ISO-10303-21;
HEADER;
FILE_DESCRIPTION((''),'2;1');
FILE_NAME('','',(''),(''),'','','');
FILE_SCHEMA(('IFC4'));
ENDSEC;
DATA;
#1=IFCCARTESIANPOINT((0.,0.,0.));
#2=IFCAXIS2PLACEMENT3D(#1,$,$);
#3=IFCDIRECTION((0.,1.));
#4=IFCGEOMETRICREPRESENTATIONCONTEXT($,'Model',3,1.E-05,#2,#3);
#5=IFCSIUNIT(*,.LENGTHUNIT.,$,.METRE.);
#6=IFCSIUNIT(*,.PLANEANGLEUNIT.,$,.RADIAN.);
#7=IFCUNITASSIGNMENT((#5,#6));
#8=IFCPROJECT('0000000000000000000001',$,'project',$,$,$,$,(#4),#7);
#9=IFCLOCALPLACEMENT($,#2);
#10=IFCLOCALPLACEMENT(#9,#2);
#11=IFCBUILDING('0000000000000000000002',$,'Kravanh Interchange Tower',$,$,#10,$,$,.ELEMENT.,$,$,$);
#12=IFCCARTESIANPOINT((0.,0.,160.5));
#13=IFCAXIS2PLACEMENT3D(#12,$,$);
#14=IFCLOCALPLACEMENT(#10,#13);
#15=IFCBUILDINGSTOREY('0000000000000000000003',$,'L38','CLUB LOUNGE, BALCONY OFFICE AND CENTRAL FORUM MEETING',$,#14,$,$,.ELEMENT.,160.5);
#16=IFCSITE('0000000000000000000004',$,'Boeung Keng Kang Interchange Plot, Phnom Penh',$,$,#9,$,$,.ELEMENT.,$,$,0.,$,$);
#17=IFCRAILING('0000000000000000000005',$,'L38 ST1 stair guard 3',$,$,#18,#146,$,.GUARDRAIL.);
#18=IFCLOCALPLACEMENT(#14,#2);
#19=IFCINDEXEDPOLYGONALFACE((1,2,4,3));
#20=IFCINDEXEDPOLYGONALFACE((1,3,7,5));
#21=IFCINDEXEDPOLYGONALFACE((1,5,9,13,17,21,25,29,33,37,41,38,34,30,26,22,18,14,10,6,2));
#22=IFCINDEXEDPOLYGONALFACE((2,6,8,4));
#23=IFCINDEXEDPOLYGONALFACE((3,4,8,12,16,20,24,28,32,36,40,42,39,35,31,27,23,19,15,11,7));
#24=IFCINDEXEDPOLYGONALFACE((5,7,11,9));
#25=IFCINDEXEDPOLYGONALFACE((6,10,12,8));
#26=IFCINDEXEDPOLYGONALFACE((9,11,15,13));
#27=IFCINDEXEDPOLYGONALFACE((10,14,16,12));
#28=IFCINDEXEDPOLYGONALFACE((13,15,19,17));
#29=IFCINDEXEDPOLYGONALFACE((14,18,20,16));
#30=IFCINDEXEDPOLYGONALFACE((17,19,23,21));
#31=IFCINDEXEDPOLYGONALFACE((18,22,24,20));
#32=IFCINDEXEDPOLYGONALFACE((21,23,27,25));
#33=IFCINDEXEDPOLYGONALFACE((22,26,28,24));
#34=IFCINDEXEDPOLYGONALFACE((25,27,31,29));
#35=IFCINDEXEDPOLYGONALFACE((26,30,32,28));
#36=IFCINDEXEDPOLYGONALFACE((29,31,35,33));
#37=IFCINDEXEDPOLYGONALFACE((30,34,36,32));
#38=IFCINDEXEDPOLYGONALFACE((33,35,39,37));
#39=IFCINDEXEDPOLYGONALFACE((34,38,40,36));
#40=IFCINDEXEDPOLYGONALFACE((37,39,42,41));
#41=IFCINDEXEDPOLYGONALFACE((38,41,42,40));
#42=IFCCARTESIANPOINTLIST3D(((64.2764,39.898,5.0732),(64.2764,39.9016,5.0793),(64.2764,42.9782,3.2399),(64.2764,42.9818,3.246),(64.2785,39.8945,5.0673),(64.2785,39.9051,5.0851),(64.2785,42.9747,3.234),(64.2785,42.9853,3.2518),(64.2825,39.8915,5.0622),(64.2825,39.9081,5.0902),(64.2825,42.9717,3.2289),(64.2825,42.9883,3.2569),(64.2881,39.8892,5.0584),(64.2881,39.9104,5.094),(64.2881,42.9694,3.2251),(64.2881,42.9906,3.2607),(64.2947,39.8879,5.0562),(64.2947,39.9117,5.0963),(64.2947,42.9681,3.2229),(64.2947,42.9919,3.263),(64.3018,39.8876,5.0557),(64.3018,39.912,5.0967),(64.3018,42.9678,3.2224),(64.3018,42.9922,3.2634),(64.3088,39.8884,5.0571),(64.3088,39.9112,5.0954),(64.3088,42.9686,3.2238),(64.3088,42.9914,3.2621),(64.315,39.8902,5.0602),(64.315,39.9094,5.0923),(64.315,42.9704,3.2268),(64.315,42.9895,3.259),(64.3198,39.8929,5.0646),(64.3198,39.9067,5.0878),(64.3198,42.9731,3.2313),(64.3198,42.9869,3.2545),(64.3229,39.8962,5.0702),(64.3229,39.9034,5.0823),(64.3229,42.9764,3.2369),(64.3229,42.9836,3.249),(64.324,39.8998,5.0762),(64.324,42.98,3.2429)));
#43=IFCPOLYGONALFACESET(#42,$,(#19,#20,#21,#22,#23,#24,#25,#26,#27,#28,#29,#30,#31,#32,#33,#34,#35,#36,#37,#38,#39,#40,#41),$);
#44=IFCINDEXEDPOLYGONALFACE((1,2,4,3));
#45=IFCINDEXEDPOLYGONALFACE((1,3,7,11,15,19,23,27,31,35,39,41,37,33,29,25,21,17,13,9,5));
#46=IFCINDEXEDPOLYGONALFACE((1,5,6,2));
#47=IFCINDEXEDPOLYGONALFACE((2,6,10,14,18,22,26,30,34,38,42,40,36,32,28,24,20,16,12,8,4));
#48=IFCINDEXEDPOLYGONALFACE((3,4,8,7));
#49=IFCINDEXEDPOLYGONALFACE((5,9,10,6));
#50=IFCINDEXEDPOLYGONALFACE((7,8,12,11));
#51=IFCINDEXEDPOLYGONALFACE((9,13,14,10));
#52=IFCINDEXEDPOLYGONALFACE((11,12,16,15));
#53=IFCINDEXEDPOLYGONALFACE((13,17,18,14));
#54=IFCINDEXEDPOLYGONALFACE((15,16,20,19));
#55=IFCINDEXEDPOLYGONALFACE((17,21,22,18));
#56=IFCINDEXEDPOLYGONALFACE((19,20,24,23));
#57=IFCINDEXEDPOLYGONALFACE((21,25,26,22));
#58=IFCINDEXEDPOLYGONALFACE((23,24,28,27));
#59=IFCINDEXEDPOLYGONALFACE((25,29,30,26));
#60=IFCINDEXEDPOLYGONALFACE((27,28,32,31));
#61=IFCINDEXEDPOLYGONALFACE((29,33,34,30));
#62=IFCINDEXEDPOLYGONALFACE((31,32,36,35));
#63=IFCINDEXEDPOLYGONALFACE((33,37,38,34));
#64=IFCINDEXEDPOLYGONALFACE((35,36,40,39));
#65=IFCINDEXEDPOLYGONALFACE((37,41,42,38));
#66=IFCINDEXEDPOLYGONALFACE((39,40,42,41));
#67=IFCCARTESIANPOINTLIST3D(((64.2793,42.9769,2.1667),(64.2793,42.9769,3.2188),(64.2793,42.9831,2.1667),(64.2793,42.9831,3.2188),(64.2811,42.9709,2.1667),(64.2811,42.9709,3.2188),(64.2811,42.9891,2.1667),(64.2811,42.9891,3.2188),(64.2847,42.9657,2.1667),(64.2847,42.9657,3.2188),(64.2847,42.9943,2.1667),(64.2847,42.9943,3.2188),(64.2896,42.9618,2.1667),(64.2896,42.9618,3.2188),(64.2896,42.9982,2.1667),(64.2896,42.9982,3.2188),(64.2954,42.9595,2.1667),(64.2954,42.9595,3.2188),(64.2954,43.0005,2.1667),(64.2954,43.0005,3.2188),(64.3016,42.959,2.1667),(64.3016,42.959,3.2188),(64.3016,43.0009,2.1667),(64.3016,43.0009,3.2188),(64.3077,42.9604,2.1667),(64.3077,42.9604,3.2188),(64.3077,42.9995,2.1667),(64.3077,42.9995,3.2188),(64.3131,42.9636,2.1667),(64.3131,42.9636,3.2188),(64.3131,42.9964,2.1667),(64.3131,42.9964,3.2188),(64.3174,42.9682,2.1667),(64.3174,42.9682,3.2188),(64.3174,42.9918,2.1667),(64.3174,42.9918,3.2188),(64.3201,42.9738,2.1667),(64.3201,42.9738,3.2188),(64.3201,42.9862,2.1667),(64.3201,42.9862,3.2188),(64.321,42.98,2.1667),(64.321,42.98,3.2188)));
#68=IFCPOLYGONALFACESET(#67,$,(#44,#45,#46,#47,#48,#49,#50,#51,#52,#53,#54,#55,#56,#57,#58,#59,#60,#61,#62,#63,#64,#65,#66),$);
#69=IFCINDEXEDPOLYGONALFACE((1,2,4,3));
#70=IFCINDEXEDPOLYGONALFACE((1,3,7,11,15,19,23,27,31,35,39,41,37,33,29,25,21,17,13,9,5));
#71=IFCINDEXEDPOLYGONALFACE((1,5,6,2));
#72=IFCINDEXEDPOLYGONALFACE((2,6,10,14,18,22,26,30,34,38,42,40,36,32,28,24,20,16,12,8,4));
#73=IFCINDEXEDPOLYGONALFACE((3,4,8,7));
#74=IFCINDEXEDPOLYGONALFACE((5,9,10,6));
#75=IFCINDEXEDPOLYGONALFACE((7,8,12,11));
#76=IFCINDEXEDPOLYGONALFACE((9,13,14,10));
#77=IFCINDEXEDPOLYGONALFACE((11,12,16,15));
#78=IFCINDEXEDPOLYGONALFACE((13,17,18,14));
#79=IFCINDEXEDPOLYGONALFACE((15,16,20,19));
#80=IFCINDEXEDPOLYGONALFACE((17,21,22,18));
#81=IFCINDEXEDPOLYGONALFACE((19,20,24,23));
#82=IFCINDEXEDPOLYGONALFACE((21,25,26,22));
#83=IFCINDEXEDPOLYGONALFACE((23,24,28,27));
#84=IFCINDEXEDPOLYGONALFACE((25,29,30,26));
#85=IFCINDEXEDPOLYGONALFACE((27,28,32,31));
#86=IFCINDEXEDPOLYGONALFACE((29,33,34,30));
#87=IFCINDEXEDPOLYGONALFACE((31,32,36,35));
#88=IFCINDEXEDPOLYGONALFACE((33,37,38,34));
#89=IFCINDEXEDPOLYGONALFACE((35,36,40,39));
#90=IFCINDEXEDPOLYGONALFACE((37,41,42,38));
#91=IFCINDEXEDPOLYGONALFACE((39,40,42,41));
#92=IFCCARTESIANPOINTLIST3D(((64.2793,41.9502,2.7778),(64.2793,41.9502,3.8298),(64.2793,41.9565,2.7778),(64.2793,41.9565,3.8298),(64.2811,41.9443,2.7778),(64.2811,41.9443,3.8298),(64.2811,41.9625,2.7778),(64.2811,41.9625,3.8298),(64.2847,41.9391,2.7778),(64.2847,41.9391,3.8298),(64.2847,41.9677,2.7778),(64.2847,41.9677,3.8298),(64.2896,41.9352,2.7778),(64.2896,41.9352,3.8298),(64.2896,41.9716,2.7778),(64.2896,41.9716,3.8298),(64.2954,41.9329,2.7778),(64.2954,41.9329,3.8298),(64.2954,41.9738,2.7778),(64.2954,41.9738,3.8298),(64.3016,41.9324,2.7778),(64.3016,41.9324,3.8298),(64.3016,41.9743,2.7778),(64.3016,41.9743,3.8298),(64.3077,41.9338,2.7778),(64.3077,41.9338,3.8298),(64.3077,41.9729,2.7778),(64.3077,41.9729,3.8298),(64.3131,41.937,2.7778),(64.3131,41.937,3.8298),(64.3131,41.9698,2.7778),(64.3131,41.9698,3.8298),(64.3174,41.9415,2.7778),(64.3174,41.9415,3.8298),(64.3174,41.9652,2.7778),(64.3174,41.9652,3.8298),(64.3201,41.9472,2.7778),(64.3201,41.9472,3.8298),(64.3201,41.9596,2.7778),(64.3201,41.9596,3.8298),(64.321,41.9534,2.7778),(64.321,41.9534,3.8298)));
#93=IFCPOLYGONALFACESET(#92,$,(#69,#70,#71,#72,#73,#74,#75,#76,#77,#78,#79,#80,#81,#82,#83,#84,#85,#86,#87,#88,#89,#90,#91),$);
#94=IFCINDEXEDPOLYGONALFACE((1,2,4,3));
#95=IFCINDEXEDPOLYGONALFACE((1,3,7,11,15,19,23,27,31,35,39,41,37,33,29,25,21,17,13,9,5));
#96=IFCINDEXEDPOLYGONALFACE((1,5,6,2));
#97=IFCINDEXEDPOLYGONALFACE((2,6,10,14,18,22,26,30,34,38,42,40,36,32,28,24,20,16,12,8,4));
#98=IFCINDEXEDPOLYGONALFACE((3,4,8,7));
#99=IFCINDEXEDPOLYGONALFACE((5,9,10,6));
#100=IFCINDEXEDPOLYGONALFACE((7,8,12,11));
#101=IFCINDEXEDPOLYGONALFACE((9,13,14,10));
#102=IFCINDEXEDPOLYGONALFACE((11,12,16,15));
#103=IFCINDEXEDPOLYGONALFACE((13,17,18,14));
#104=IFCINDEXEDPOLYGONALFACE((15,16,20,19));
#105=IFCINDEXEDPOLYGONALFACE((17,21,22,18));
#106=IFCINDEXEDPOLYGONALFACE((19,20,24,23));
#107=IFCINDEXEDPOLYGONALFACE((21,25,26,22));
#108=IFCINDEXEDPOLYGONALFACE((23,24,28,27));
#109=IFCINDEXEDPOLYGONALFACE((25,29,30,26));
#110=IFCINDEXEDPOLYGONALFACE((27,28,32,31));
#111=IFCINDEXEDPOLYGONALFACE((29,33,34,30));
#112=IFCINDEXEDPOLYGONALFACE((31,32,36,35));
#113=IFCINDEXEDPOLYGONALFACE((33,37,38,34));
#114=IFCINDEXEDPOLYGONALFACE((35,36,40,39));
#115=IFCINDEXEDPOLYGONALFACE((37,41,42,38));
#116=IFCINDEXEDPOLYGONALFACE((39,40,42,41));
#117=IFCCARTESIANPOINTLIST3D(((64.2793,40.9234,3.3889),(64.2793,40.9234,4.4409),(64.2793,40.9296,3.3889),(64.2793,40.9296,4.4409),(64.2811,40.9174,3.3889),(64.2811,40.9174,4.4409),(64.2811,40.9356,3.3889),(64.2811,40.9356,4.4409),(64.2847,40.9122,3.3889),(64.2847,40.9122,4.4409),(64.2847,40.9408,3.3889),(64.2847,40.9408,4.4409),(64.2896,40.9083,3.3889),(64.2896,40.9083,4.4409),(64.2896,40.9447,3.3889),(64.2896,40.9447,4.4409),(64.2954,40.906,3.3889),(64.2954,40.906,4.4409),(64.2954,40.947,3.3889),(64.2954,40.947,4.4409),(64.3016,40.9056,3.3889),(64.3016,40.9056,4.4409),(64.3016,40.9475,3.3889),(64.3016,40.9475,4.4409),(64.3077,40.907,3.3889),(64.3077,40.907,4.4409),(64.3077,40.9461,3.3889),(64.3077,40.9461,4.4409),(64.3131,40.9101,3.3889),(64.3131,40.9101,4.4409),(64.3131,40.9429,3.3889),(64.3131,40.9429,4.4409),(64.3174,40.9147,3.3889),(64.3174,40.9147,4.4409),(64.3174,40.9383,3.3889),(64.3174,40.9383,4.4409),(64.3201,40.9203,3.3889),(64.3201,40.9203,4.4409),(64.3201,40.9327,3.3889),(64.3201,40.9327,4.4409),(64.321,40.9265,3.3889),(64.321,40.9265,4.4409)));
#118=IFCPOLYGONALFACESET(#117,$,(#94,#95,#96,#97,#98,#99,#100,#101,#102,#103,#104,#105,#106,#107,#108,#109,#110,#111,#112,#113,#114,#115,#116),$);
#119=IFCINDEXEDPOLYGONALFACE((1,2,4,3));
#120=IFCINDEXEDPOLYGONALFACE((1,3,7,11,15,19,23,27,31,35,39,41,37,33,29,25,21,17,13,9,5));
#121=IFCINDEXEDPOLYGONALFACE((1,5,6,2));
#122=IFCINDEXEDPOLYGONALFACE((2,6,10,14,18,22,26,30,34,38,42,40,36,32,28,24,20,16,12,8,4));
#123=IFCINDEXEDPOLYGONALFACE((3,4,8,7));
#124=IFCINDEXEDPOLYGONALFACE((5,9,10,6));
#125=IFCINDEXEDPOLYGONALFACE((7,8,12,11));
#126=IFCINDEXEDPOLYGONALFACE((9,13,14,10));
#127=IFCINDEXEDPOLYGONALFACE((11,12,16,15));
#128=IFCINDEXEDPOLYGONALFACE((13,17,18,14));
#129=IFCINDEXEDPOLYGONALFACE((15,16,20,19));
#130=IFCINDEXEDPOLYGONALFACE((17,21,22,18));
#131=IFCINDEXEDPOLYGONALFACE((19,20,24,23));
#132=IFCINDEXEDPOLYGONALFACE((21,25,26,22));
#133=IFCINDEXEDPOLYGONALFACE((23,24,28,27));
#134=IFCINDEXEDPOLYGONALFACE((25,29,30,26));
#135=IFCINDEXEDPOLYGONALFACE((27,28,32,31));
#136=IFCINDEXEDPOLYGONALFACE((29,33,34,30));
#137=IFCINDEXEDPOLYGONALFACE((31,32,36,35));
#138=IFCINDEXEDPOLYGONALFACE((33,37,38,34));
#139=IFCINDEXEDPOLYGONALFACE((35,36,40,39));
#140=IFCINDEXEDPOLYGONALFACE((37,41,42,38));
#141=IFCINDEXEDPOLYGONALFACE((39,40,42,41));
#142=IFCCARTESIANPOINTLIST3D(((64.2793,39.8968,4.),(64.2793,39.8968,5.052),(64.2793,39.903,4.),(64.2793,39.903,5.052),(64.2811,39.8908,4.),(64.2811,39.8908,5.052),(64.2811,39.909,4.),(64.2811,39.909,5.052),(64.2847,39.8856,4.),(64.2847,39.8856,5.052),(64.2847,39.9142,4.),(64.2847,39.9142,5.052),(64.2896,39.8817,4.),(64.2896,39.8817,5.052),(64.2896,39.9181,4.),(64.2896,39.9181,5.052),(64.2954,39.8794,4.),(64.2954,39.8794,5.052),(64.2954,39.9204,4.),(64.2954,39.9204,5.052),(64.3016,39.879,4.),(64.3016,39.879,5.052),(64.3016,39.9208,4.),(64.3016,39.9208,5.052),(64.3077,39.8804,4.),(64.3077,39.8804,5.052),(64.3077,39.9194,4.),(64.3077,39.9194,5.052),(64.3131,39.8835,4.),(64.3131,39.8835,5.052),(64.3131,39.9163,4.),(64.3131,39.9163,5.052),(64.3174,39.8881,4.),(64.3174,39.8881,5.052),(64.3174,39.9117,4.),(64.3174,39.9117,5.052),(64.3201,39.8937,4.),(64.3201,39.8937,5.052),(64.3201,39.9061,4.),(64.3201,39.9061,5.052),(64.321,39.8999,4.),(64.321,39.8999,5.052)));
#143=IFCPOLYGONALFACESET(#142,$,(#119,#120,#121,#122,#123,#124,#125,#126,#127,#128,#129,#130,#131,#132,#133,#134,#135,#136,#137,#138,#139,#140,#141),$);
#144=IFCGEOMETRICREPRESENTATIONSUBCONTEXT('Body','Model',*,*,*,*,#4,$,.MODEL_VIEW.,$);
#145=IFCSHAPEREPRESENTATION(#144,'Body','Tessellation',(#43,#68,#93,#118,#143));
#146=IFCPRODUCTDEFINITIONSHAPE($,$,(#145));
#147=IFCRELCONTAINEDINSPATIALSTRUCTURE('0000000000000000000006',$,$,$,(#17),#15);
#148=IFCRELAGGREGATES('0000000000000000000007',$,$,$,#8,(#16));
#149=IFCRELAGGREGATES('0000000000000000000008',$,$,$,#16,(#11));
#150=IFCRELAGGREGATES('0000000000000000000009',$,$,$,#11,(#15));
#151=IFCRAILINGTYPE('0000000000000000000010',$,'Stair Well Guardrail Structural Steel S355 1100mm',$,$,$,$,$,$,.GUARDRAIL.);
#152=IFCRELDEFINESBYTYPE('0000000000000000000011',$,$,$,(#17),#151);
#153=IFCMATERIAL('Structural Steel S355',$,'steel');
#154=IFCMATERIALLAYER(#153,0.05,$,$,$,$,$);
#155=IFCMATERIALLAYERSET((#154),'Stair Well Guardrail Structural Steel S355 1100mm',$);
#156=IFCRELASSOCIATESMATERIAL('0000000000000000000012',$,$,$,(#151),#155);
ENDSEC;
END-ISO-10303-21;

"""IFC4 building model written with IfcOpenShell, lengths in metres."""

from ifc_helpers import new_model, si_unit, direction, frame, origin, origin_2d, place, context, subcontext, project, spatial, circle, extrude, material, layer, layer_set, type_object, element, save


model = new_model("IFC4")

# Units and contexts
model_context = context("Model", 3, precision=1e-05, world=origin(), true_north=direction((0.0, 1.0)))
body_context = subcontext(model_context, "Body", "Model", "MODEL_VIEW")
ifc_project = project(units=[si_unit("LENGTHUNIT", "METRE"), si_unit("PLANEANGLEUNIT", "RADIAN")], contexts=[model_context])

# Site, building, storey
site_placement = place(None, origin())
site = spatial("IfcSite", under=ifc_project, at=site_placement, Name="Boeung Keng Kang Interchange Plot, Phnom Penh", CompositionType="ELEMENT", RefElevation=0.0)
building_placement = place(site_placement, origin())
building = spatial("IfcBuilding", under=site, at=building_placement, Name="Kravanh Interchange Tower", CompositionType="ELEMENT")
storey_placement = place(building_placement, frame((0.0, 0.0, 160.5)))
storey = spatial("IfcBuildingStorey", under=building, at=storey_placement, Name="L38", Description="CLUB LOUNGE, BALCONY OFFICE AND CENTRAL FORUM MEETING", CompositionType="ELEMENT", Elevation=160.5)

# Railing
ifc_material_1 = material(Name="Structural Steel S355", Category="steel")
ifc_layer_1 = layer(ifc_material_1, 0.05)
ifc_layer_set_1 = layer_set([ifc_layer_1], Name="Stair Well Guardrail Structural Steel S355 1100mm")
railing_type_1 = type_object("IfcRailingType", Name="Stair Well Guardrail Structural Steel S355 1100mm", PredefinedType="GUARDRAIL", material=ifc_layer_set_1)
railing_1_placement = place(storey_placement, frame((64.3, 42.98, 2.1667)))
element("IfcRailing", 1, at=railing_1_placement, inside=storey, type_object=railing_type_1, Name="L38 ST1 stair guard 3", PredefinedType="GUARDRAIL", context=body_context, shape_type="SweptSolid", body=[
    extrude(circle(Radius=0.0239, at=origin_2d()), frame((0.0, 0.0, 1.0762), z_axis=(0.0, -0.859309, 0.511458), x_axis=(1.0, 0.0, 0.0)), (0.0, 0.0, 1.0), 3.5845),
    extrude(circle(Radius=0.021, at=origin_2d()), origin(), (0.0, 0.0, 1.0), 1.052),
    extrude(circle(Radius=0.021, at=origin_2d()), frame((0.0, -1.0266, 0.6111)), (0.0, 0.0, 1.0), 1.052),
    extrude(circle(Radius=0.021, at=origin_2d()), frame((0.0, -2.0535, 1.2222)), (0.0, 0.0, 1.0), 1.052),
    extrude(circle(Radius=0.021, at=origin_2d()), frame((0.0, -3.0801, 1.8333)), (0.0, 0.0, 1.0), 1.052),
])

save(model, "model.ifc")
